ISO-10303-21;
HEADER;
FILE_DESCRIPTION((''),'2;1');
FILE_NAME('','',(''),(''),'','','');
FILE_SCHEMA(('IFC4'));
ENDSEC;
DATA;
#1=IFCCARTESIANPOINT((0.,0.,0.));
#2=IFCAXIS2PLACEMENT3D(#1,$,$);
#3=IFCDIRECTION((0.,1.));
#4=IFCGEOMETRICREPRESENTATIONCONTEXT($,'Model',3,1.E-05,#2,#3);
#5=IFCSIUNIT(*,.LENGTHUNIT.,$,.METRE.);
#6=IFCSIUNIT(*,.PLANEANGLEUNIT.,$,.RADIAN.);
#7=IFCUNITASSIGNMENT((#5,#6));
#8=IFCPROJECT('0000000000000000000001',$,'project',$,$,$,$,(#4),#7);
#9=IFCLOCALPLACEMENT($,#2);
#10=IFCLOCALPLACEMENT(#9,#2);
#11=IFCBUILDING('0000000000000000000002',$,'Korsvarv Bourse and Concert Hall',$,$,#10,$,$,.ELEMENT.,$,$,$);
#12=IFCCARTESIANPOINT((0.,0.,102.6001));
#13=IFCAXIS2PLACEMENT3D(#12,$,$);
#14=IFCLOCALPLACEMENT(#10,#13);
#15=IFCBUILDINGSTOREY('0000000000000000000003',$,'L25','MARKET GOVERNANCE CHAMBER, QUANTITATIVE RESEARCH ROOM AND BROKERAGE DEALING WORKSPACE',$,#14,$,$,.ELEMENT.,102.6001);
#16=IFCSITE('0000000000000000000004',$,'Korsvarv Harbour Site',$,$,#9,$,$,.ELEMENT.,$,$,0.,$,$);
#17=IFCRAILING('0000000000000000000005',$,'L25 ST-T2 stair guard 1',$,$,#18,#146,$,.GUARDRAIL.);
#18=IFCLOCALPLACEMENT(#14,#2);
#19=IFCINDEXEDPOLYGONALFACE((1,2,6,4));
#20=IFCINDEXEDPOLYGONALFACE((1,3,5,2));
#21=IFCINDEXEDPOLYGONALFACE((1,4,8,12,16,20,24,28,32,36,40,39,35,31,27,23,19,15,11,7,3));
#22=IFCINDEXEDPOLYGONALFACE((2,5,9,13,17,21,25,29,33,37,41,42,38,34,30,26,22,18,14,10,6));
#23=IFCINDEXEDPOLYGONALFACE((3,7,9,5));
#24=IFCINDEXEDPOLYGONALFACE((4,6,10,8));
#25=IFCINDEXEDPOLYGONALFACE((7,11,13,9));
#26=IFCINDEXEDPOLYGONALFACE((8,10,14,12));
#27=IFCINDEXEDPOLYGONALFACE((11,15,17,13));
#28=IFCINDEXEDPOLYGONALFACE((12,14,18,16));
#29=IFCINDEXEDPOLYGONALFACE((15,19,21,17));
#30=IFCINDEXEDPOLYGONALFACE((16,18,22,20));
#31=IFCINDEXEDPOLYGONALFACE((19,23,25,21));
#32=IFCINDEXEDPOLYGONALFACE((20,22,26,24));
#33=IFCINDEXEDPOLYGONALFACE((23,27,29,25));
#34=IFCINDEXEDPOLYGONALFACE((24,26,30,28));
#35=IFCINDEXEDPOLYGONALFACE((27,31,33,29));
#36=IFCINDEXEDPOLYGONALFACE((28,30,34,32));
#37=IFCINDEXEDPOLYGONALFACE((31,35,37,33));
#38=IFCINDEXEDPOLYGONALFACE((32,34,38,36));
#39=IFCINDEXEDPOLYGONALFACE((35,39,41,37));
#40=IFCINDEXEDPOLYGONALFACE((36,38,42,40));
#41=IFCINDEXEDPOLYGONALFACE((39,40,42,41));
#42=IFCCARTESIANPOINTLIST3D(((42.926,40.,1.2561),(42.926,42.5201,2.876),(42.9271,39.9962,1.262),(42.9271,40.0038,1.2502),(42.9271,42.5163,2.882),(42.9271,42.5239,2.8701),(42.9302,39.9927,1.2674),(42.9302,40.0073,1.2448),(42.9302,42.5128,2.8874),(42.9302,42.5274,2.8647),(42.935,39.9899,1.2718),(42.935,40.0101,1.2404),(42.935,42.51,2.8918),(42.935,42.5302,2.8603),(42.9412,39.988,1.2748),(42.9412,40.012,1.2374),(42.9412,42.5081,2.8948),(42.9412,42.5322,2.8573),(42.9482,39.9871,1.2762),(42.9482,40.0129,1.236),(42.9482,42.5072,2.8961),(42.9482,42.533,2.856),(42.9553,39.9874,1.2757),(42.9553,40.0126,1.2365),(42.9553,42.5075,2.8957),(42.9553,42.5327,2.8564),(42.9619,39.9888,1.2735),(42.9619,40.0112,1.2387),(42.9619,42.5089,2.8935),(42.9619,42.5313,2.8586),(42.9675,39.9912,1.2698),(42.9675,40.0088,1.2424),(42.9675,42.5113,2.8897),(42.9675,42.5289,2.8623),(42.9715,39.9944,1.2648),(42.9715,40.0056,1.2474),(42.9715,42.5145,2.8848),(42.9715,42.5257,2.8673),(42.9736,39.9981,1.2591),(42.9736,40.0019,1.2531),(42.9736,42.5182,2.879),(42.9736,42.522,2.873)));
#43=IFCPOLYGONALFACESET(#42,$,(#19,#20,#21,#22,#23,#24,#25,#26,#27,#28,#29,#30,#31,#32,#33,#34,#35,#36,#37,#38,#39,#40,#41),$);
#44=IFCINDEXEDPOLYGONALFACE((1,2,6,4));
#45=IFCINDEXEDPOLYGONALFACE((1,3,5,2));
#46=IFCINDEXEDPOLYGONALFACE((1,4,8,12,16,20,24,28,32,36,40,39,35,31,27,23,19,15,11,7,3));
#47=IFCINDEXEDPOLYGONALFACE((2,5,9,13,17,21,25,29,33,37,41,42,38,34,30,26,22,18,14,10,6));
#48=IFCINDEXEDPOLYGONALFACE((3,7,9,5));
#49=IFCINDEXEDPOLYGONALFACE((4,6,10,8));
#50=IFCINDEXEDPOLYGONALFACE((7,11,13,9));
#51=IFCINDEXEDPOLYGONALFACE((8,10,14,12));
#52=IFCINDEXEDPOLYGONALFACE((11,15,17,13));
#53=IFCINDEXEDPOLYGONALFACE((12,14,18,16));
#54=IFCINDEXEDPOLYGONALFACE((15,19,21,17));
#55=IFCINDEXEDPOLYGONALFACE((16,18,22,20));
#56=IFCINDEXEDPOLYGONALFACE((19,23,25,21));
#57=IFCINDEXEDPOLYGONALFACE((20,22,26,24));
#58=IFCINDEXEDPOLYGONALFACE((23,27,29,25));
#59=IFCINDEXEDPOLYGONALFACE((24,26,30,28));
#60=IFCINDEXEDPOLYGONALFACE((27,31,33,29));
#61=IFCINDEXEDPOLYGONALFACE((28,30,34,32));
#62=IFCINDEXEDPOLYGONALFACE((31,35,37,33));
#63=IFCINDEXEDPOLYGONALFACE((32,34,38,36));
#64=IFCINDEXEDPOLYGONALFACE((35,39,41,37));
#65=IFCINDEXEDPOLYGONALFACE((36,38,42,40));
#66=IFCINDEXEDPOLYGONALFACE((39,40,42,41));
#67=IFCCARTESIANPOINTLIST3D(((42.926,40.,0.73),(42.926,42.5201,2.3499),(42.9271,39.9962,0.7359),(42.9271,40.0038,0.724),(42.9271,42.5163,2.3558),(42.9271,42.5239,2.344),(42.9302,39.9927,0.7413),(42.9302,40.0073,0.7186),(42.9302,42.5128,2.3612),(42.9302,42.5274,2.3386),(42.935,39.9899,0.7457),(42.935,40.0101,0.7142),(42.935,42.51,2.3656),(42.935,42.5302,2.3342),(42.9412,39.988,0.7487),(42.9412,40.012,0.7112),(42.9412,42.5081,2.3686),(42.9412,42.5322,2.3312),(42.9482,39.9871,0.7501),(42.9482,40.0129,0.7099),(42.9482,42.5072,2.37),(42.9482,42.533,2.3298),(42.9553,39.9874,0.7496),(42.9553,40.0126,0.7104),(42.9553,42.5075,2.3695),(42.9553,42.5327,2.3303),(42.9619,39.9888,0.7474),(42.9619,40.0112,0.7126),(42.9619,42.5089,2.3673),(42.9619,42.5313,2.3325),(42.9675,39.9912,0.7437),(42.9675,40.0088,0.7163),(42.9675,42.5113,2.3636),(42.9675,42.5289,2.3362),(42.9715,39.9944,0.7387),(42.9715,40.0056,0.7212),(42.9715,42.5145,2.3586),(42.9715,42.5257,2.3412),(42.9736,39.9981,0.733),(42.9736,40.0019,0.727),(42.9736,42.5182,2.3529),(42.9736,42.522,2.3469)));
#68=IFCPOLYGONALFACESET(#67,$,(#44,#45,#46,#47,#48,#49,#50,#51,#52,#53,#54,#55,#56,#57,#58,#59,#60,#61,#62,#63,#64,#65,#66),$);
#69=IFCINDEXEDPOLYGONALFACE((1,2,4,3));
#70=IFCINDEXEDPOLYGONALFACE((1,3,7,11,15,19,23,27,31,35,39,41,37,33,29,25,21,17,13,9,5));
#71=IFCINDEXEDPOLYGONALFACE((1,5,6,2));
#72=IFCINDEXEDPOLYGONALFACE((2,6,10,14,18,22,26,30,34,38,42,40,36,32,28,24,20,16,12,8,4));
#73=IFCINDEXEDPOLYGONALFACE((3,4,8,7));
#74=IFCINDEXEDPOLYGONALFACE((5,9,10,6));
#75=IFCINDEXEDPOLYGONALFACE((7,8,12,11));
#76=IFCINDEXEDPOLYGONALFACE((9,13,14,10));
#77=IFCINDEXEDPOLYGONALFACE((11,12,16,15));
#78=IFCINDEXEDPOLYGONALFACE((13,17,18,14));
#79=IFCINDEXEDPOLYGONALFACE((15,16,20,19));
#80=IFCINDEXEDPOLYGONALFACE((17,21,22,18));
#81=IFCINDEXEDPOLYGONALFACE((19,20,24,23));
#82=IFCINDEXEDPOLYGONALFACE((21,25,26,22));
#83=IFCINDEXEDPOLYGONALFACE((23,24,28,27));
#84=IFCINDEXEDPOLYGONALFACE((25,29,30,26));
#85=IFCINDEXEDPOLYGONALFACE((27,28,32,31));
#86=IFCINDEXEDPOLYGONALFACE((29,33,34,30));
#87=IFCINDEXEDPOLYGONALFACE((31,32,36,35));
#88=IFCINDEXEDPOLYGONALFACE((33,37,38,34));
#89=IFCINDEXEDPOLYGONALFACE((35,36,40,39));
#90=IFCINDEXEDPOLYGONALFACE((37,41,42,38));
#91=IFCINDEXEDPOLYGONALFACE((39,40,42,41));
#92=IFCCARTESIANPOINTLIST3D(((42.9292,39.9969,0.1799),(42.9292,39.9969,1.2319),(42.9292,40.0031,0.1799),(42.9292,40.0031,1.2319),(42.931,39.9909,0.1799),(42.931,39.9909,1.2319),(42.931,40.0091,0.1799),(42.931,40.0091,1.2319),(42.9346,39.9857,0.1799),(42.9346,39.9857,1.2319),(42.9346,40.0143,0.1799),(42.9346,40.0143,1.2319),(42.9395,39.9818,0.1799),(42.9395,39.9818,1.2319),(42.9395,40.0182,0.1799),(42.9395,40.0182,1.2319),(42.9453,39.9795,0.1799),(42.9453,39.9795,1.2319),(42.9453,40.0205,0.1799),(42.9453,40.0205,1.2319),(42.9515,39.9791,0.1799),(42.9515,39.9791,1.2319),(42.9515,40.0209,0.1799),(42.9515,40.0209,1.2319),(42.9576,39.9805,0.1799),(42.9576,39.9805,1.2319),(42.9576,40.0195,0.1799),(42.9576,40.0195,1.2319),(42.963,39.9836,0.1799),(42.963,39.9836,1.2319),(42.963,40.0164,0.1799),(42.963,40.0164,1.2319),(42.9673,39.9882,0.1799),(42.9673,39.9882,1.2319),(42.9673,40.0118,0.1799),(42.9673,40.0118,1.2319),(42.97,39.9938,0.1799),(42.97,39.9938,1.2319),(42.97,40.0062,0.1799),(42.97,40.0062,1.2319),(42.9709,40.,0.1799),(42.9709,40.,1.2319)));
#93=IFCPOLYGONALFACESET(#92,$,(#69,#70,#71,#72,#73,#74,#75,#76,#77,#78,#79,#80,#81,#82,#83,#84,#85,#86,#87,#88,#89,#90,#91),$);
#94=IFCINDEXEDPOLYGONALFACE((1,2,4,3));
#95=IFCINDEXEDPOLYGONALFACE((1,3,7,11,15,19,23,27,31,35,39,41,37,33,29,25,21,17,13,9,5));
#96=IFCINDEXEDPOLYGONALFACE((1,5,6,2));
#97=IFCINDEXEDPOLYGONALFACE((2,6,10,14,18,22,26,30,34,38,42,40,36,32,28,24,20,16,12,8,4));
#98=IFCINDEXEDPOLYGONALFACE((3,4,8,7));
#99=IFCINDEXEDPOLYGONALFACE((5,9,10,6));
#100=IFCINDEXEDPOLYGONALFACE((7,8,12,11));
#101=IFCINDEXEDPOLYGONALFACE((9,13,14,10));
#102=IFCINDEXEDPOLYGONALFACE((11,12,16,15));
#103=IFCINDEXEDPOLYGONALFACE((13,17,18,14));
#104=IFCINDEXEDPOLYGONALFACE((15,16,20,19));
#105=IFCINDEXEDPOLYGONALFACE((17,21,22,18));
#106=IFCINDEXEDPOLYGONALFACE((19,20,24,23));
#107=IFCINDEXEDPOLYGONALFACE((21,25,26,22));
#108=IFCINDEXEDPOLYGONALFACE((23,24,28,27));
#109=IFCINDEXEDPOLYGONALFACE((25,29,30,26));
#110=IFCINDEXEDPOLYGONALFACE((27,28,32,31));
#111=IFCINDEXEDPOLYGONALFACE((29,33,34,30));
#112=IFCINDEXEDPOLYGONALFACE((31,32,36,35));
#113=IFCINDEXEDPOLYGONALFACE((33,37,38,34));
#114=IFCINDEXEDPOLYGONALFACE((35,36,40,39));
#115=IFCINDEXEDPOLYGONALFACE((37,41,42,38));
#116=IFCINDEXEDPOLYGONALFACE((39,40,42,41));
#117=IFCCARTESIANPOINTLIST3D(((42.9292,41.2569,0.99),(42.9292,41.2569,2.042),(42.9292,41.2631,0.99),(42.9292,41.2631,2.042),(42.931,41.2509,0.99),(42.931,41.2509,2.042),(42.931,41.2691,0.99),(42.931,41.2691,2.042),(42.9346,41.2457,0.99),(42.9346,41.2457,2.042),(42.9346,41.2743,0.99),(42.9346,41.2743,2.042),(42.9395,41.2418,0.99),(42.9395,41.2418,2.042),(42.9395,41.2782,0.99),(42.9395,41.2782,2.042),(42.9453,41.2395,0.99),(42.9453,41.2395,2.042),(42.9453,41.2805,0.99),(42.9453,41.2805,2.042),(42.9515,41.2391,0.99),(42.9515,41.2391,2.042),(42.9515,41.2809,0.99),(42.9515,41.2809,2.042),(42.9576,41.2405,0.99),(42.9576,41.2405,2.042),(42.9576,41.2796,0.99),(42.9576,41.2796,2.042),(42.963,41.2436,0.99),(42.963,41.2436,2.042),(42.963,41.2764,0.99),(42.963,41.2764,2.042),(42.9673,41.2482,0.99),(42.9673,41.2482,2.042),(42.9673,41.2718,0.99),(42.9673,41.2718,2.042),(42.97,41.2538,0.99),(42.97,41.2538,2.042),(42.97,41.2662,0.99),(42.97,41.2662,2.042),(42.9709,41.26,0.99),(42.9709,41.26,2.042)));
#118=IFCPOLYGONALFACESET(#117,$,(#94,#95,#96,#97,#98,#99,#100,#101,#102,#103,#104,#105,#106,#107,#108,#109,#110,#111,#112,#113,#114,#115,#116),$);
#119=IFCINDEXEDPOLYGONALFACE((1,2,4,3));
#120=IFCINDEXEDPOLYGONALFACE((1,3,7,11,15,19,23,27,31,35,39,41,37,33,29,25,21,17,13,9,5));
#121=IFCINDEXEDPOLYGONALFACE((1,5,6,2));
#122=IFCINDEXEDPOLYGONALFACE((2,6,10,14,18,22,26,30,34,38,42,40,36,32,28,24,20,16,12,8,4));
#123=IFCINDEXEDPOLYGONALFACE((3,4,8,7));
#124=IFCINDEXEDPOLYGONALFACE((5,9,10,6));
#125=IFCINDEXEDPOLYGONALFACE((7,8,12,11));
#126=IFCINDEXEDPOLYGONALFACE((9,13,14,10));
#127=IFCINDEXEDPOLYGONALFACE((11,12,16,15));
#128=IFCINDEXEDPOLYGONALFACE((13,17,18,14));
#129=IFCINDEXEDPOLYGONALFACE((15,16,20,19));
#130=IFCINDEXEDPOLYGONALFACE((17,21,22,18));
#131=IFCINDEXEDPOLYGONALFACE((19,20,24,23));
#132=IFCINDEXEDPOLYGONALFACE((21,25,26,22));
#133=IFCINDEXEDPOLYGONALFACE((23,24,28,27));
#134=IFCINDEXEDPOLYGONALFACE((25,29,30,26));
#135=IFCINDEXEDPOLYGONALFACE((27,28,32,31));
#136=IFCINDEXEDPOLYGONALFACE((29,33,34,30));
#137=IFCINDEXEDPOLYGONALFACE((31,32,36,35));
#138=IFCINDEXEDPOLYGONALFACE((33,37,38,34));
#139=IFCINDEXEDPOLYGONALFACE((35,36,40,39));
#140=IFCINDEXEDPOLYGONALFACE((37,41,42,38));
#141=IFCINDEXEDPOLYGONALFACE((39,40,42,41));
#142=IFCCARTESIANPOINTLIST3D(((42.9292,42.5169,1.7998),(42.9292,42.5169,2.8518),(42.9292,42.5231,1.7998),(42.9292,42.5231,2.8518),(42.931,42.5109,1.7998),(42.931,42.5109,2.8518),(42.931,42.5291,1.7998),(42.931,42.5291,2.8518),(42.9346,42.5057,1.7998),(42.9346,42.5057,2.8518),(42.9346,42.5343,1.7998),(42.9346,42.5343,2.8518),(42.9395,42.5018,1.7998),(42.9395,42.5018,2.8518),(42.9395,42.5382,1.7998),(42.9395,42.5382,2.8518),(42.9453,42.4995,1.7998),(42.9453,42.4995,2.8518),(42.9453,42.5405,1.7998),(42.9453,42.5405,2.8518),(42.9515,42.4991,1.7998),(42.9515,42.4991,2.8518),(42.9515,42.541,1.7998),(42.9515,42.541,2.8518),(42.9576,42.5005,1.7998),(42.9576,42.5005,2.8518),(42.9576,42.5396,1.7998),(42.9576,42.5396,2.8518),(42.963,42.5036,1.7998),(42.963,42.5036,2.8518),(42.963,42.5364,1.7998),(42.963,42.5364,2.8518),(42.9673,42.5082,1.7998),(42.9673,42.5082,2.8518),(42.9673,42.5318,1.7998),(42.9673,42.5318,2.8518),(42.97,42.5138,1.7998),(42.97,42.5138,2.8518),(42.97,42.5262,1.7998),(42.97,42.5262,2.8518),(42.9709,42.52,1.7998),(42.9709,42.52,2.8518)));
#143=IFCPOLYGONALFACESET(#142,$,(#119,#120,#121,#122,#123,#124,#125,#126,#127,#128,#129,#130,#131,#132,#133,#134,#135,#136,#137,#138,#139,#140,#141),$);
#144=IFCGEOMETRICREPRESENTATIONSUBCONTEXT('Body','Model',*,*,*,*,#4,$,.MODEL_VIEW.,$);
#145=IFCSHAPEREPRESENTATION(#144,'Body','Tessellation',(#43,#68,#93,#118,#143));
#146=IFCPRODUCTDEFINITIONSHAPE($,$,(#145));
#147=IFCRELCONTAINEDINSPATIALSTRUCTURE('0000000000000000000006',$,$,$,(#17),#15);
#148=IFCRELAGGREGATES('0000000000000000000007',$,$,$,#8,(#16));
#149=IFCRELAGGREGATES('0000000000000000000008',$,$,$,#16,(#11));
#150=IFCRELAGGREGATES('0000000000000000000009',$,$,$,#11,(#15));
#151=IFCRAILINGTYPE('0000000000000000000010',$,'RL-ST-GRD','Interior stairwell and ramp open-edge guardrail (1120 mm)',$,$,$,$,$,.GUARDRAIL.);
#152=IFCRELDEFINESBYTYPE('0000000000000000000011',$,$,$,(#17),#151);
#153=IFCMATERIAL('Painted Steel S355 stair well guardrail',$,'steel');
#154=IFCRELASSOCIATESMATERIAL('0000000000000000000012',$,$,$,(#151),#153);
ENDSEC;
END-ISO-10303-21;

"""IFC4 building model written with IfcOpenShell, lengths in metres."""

from ifc_helpers import new_model, si_unit, direction, frame, origin, origin_2d, place, context, subcontext, project, spatial, circle, extrude, material, type_object, element, save


model = new_model("IFC4")

# Units and contexts
model_context = context("Model", 3, precision=1e-05, world=origin(), true_north=direction((0.0, 1.0)))
body_context = subcontext(model_context, "Body", "Model", "MODEL_VIEW")
ifc_project = project(units=[si_unit("LENGTHUNIT", "METRE"), si_unit("PLANEANGLEUNIT", "RADIAN")], contexts=[model_context])

# Site, building, storey
site_placement = place(None, origin())
site = spatial("IfcSite", under=ifc_project, at=site_placement, Name="Korsvarv Harbour Site", CompositionType="ELEMENT", RefElevation=0.0)
building_placement = place(site_placement, origin())
building = spatial("IfcBuilding", under=site, at=building_placement, Name="Korsvarv Bourse and Concert Hall", CompositionType="ELEMENT")
storey_placement = place(building_placement, frame((0.0, 0.0, 102.6001)))
storey = spatial("IfcBuildingStorey", under=building, at=storey_placement, Name="L25", Description="MARKET GOVERNANCE CHAMBER, QUANTITATIVE RESEARCH ROOM AND BROKERAGE DEALING WORKSPACE", CompositionType="ELEMENT", Elevation=102.6001)

# Railing
ifc_material_1 = material(Name="Painted Steel S355 stair well guardrail", Category="steel")
railing_type_1 = type_object("IfcRailingType", Name="RL-ST-GRD", Description="Interior stairwell and ramp open-edge guardrail (1120 mm)", PredefinedType="GUARDRAIL", material=ifc_material_1)
railing_1_placement = place(storey_placement, frame((42.95, 40.0, 0.1799)))
element("IfcRailing", 1, at=railing_1_placement, inside=storey, type_object=railing_type_1, Name="L25 ST-T2 stair guard 1", PredefinedType="GUARDRAIL", context=body_context, shape_type="SweptSolid", body=[
    extrude(circle(Radius=0.0239, at=origin_2d()), frame((0.0, 0.0, 1.0762), z_axis=(0.0, 0.8412, 0.540725), x_axis=(-1.0, 0.0, 0.0)), (0.0, 0.0, 1.0), 2.9958),
    extrude(circle(Radius=0.0239, at=origin_2d()), frame((0.0, 0.0, 0.55), z_axis=(0.0, 0.8412, 0.540725), x_axis=(-1.0, 0.0, 0.0)), (0.0, 0.0, 1.0), 2.9958),
    extrude(circle(Radius=0.021, at=origin_2d()), origin(), (0.0, 0.0, 1.0), 1.052),
    extrude(circle(Radius=0.021, at=origin_2d()), frame((0.0, 1.26, 0.8101)), (0.0, 0.0, 1.0), 1.052),
    extrude(circle(Radius=0.021, at=origin_2d()), frame((0.0, 2.52, 1.6199)), (0.0, 0.0, 1.0), 1.052),
])

save(model, "model.ifc")
